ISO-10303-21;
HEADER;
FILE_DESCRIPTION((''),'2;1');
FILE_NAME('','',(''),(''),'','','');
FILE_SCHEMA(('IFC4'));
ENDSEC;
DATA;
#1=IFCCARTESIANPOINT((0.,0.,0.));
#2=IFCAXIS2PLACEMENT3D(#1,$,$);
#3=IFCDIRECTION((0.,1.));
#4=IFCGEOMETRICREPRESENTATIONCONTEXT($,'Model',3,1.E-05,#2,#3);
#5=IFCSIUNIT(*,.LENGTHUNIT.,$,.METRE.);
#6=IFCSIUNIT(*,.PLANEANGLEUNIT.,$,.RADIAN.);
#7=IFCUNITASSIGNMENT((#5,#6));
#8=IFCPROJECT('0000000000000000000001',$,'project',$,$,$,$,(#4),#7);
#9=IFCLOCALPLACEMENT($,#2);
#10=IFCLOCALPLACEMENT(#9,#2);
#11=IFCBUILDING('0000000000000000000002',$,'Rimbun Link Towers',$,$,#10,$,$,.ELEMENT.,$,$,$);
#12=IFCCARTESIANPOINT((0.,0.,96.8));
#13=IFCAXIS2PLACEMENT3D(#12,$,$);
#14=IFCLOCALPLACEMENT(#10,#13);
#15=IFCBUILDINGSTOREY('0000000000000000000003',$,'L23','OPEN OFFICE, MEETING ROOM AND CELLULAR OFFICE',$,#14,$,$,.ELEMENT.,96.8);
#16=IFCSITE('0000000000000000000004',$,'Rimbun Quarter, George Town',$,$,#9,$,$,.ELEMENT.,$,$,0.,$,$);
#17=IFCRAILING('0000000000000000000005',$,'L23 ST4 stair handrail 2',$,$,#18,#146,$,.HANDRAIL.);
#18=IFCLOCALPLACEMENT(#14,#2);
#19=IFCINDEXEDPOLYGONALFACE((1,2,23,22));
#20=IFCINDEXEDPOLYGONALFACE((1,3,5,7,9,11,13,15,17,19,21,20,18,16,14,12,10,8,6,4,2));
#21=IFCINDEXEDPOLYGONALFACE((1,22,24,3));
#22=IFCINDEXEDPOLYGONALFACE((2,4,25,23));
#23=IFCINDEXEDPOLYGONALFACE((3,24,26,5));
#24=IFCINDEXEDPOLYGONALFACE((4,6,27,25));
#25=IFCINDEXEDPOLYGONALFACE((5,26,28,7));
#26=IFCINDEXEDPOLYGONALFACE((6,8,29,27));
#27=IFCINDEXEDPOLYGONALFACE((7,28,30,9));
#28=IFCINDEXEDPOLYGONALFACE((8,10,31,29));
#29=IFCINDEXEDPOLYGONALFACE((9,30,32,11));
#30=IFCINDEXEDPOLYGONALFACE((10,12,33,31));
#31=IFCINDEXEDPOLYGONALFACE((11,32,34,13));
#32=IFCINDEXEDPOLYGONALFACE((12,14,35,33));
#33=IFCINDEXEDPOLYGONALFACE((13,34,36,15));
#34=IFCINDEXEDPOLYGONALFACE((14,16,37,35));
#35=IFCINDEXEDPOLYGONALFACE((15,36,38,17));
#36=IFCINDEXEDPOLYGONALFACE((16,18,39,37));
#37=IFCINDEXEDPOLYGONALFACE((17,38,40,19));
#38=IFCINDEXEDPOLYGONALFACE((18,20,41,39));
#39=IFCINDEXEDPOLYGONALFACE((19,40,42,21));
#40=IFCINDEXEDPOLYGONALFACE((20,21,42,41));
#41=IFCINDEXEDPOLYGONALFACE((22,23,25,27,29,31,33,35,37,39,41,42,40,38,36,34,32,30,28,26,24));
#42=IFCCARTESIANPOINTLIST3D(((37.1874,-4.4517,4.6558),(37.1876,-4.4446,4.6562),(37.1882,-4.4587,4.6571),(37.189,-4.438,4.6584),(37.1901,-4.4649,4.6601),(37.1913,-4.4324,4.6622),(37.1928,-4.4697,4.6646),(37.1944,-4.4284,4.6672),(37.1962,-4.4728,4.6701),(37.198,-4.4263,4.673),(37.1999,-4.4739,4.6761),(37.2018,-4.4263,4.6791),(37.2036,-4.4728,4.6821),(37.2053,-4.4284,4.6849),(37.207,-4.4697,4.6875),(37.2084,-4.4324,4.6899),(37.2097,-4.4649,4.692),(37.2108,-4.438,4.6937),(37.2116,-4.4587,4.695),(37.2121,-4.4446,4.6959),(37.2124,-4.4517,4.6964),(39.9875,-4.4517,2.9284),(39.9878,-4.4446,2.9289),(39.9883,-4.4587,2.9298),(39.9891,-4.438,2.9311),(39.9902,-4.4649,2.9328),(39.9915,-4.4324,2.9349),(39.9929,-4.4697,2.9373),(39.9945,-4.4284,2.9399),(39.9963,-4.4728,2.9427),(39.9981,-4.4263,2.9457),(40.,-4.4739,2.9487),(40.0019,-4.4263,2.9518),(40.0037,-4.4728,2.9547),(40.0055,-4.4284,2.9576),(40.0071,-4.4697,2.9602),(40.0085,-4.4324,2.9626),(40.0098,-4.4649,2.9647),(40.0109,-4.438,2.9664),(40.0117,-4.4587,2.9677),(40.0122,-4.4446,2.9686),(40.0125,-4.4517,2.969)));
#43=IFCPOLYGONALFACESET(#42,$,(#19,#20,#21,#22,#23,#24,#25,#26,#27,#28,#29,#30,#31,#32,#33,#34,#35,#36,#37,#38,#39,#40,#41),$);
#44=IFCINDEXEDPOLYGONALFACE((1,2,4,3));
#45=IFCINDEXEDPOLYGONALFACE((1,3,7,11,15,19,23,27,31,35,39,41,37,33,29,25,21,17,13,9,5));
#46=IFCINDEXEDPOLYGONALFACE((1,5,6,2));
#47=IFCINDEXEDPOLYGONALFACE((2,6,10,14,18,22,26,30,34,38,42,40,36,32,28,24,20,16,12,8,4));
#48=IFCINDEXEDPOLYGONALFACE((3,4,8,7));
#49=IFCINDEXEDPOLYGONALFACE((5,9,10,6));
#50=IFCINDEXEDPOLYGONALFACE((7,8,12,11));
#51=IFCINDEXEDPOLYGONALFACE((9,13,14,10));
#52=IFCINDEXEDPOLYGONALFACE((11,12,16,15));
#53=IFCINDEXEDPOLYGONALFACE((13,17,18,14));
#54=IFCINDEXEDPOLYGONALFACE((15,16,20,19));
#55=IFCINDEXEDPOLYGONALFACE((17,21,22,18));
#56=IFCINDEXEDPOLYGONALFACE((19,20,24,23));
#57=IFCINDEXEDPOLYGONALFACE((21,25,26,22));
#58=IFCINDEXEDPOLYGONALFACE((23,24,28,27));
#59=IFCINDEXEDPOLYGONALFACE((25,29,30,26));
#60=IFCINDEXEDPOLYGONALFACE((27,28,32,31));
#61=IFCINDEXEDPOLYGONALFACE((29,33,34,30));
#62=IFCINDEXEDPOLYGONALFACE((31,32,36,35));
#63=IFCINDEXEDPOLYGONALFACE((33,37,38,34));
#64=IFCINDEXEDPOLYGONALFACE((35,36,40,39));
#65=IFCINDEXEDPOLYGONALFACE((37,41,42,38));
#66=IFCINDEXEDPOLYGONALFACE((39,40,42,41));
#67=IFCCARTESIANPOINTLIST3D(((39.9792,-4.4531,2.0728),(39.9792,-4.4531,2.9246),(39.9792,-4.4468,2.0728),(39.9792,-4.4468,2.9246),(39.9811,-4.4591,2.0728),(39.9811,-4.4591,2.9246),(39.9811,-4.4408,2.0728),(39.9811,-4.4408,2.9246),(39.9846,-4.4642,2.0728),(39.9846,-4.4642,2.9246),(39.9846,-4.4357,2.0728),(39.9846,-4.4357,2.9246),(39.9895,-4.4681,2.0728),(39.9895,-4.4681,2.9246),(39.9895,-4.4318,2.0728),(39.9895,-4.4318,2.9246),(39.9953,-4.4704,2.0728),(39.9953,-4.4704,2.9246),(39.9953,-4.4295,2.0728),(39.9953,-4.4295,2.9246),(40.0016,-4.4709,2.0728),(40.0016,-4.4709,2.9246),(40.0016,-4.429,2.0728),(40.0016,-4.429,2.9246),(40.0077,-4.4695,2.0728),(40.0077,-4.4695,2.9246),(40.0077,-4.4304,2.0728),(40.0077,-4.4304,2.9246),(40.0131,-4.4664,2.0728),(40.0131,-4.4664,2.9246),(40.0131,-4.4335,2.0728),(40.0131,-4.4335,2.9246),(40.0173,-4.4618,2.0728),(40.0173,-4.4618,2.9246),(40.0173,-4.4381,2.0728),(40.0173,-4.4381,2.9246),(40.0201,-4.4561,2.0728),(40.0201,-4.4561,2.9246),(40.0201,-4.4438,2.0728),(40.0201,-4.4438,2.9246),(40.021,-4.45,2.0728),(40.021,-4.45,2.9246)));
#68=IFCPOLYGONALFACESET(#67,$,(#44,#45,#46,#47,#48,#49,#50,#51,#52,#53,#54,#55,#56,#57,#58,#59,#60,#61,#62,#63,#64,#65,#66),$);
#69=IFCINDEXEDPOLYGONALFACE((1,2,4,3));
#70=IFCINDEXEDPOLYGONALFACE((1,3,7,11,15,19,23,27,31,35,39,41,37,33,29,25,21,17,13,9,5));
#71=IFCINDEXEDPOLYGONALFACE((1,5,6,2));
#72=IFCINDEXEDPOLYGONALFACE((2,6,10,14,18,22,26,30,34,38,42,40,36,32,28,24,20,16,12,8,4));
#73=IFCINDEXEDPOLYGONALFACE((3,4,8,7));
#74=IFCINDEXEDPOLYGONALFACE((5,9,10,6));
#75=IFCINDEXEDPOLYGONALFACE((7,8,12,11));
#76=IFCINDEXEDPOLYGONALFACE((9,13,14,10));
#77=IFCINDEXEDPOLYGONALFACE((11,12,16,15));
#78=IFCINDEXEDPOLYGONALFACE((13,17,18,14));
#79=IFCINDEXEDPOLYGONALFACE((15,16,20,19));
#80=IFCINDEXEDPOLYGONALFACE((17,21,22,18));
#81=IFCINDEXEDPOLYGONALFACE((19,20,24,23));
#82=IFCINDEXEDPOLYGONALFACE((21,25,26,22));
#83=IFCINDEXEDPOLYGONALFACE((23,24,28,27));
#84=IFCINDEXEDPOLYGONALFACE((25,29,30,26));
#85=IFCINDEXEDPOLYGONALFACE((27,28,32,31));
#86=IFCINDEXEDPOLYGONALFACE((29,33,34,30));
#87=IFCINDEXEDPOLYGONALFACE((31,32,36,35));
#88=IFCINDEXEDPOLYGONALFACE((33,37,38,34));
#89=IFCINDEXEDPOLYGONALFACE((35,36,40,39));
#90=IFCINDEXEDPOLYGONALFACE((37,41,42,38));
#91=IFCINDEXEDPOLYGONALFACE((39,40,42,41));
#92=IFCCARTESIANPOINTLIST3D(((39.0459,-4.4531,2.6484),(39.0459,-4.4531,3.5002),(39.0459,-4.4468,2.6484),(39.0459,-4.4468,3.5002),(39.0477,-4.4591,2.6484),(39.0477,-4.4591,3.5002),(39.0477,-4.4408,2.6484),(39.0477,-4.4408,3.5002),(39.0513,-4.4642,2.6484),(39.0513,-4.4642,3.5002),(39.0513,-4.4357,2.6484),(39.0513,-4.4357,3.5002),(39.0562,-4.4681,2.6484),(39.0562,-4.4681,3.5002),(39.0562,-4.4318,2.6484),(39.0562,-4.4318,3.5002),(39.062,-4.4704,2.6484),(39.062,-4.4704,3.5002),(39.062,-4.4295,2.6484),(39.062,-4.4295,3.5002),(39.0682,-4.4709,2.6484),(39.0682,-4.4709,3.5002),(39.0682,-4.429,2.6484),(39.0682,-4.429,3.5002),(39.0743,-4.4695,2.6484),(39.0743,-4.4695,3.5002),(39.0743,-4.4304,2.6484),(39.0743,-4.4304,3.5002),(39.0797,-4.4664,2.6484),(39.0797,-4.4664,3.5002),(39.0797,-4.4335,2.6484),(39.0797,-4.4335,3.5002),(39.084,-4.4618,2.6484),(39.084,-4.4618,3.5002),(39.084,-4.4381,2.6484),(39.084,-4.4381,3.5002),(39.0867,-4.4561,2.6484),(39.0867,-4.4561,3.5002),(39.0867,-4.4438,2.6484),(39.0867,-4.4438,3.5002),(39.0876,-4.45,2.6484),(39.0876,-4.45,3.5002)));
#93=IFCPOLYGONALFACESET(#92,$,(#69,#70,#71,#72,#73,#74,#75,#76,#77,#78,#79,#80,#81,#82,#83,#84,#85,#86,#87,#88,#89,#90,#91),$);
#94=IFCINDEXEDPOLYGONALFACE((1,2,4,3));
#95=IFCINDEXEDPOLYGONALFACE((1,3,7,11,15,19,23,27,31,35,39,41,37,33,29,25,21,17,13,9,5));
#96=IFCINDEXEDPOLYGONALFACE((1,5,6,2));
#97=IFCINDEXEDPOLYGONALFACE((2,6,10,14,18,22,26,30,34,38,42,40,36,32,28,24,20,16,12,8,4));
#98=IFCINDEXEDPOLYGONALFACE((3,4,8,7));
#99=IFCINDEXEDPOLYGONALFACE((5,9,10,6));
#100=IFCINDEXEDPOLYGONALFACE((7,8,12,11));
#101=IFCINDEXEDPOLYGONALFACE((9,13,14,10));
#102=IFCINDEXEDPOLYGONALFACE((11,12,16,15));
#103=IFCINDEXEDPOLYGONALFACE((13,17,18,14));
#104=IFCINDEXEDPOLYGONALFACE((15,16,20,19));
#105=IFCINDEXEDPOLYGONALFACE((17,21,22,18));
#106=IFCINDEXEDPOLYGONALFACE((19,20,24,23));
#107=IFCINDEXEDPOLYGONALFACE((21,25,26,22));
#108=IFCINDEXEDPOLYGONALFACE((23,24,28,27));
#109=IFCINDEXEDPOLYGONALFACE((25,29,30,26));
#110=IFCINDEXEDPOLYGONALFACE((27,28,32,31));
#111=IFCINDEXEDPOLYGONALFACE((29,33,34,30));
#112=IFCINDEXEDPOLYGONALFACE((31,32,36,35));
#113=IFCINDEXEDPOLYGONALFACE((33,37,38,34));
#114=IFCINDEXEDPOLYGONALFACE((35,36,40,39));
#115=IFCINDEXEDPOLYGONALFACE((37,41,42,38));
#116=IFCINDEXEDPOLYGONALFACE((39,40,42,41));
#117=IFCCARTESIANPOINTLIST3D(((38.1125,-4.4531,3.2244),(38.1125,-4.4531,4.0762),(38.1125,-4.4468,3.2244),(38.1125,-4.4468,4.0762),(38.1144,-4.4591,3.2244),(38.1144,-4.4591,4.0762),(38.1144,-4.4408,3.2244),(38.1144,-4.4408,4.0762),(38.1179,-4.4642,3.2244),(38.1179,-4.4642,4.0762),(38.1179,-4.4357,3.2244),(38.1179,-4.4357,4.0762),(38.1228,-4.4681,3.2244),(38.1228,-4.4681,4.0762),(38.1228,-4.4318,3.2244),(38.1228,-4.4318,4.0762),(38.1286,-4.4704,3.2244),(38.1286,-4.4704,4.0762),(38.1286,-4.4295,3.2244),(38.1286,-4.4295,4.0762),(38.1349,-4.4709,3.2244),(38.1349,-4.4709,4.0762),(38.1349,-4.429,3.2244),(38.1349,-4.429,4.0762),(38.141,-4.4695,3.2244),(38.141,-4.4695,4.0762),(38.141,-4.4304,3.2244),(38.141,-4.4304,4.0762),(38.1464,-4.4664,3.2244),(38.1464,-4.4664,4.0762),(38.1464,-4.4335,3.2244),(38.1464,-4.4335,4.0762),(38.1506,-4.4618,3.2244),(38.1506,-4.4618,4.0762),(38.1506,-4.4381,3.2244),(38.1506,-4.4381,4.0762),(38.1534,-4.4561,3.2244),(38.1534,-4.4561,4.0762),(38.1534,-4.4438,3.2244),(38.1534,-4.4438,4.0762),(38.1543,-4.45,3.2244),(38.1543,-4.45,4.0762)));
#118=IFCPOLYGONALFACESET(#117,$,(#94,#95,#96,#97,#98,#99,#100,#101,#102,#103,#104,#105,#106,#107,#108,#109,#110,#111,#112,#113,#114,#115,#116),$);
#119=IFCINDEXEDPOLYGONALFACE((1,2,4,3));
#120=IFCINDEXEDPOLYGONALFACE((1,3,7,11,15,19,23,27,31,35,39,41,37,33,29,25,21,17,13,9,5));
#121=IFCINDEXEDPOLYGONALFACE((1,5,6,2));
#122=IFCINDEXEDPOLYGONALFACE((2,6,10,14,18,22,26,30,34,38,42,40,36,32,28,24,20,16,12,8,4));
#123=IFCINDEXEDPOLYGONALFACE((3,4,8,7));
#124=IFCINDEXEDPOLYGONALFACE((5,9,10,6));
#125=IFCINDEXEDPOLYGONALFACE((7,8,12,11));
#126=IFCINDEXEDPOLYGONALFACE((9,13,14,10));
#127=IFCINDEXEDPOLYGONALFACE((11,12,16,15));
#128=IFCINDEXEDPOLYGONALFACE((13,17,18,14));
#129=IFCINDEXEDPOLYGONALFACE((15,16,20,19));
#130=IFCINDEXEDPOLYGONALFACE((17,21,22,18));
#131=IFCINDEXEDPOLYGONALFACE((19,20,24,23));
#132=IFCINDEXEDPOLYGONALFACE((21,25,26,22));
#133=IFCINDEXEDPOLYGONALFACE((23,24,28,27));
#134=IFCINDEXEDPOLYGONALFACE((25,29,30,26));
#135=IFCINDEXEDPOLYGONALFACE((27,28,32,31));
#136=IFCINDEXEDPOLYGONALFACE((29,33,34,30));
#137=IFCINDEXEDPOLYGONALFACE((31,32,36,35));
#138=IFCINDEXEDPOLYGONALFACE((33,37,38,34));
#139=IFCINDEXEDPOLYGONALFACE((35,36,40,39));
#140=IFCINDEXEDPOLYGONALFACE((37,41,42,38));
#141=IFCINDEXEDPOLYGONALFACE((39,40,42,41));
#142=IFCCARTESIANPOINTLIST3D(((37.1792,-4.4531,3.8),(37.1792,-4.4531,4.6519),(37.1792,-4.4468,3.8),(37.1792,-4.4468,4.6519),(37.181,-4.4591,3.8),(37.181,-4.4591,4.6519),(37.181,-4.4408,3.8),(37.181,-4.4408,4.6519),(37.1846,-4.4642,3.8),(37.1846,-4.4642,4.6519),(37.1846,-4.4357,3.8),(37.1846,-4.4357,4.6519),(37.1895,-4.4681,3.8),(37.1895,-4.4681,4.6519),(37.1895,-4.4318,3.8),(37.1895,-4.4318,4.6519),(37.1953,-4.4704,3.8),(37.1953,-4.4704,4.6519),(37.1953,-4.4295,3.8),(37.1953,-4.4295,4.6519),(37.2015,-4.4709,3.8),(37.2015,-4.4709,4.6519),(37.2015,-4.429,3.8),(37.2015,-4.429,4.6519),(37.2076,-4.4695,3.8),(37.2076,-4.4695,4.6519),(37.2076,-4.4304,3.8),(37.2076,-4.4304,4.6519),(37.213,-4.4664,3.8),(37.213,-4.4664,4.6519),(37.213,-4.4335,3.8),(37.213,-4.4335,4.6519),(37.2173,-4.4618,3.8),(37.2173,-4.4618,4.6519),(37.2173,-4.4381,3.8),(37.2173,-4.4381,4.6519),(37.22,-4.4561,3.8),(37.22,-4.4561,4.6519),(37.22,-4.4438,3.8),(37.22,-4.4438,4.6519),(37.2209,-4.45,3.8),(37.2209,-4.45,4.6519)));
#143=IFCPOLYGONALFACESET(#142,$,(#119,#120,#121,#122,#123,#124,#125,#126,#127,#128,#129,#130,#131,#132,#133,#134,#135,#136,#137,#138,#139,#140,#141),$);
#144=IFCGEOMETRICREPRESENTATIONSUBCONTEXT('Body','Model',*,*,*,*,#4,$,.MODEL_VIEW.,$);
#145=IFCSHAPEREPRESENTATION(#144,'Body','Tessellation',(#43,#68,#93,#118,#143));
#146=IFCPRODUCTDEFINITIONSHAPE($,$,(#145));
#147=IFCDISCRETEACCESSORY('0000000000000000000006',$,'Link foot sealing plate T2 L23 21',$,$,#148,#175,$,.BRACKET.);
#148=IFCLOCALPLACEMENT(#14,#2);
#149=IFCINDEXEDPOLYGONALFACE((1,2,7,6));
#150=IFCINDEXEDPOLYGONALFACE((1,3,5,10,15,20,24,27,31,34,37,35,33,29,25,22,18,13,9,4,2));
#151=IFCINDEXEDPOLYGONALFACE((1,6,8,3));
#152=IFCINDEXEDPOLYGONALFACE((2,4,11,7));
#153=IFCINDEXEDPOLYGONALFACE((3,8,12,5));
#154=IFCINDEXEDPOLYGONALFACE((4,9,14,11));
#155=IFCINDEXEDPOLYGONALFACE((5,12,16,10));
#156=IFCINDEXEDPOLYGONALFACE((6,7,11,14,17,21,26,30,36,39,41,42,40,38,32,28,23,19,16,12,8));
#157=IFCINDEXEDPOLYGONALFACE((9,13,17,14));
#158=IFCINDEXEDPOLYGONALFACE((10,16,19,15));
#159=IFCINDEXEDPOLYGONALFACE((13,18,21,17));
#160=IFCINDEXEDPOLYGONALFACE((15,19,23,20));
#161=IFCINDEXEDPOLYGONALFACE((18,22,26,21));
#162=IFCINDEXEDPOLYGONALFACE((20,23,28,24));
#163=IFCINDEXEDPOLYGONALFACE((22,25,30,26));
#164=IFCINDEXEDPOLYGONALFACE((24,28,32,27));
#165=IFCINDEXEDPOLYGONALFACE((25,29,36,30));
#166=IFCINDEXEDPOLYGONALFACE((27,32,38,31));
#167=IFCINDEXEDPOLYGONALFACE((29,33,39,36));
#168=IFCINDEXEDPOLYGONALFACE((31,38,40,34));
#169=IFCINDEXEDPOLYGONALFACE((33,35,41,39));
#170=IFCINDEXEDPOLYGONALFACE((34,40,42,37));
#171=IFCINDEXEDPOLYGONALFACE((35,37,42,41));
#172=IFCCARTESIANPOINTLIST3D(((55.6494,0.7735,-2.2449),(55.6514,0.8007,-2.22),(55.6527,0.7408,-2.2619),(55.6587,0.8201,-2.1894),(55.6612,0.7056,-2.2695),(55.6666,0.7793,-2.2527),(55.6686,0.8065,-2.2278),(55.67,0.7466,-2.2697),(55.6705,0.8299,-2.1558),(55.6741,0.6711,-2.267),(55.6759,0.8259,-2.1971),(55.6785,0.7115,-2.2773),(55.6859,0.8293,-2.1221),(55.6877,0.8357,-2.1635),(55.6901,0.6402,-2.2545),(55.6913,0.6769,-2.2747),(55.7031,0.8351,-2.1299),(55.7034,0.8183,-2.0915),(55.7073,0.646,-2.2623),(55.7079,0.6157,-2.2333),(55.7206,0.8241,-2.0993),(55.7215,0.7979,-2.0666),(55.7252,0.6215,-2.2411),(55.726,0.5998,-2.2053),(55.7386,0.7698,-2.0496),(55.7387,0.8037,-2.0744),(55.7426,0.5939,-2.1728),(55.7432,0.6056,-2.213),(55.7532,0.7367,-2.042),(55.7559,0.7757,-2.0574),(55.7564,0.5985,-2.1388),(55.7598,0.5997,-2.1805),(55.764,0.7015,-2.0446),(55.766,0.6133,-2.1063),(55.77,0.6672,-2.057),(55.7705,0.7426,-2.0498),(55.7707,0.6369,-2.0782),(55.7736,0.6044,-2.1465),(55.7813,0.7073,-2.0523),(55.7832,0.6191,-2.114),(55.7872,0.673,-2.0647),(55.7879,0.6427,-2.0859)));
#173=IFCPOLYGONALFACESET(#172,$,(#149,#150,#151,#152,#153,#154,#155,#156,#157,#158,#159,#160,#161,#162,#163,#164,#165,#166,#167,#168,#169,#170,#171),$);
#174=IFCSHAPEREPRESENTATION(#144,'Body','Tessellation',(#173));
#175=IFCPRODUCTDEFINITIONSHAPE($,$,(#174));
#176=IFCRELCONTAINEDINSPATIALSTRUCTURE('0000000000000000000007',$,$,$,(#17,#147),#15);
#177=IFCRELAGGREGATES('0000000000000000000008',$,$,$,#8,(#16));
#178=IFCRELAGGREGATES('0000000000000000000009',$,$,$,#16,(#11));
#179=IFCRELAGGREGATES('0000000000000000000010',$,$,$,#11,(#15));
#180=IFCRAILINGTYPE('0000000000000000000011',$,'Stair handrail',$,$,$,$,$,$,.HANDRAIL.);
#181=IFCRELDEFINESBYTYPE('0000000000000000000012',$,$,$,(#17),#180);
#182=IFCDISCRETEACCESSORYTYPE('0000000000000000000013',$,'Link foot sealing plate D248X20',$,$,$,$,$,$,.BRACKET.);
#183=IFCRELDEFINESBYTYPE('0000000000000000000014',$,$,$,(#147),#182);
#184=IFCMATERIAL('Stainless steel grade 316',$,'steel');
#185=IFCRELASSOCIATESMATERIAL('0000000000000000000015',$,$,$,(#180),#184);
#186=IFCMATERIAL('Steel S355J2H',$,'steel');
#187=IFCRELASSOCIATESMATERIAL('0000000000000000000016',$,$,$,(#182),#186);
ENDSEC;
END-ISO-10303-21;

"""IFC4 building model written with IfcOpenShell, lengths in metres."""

from ifc_helpers import new_model, si_unit, direction, frame, origin, origin_2d, place, context, subcontext, project, spatial, circle, extrude, material, material_profile, profile_set, type_object, element, save


model = new_model("IFC4")

# Units and contexts
model_context = context("Model", 3, precision=1e-05, world=origin(), true_north=direction((0.0, 1.0)))
body_context = subcontext(model_context, "Body", "Model", "MODEL_VIEW")
ifc_project = project(units=[si_unit("LENGTHUNIT", "METRE"), si_unit("PLANEANGLEUNIT", "RADIAN")], contexts=[model_context])

# Site, building, storey
site_placement = place(None, origin())
site = spatial("IfcSite", under=ifc_project, at=site_placement, Name="Rimbun Quarter, George Town", CompositionType="ELEMENT", RefElevation=0.0)
building_placement = place(site_placement, origin())
building = spatial("IfcBuilding", under=site, at=building_placement, Name="Rimbun Link Towers", CompositionType="ELEMENT")
storey_placement = place(building_placement, frame((0.0, 0.0, 96.8)))
storey = spatial("IfcBuildingStorey", under=building, at=storey_placement, Name="L23", Description="OPEN OFFICE, MEETING ROOM AND CELLULAR OFFICE", CompositionType="ELEMENT", Elevation=96.8)

# Railing
ifc_material_1 = material(Name="Stainless steel grade 316", Category="steel")
railing_type_1 = type_object("IfcRailingType", Name="Stair handrail", PredefinedType="HANDRAIL", material=ifc_material_1)
railing_1_placement = place(storey_placement, frame((40.0, -4.45, 2.0728)))
element("IfcRailing", 1, at=railing_1_placement, inside=storey, type_object=railing_type_1, Name="L23 ST4 stair handrail 2", PredefinedType="HANDRAIL", context=body_context, shape_type="SweptSolid", body=[
    extrude(circle(Radius=0.0239, at=origin_2d()), frame((0.0, 0.0, 0.876), z_axis=(-0.85109, 0.0, 0.52502), x_axis=(0.0, -1.0, 0.0)), (0.0, 0.0, 1.0), 3.29),
    extrude(circle(Radius=0.021, at=origin_2d()), origin(), (0.0, 0.0, 1.0), 0.8518),
    extrude(circle(Radius=0.021, at=origin_2d()), frame((-0.9333, 0.0, 0.5757)), (0.0, 0.0, 1.0), 0.8518),
    extrude(circle(Radius=0.021, at=origin_2d()), frame((-1.8667, 0.0, 1.1516)), (0.0, 0.0, 1.0), 0.8518),
    extrude(circle(Radius=0.021, at=origin_2d()), frame((-2.8, 0.0, 1.7273)), (0.0, 0.0, 1.0), 0.8518),
])

# Discrete accessory
ifc_material_2 = material(Name="Steel S355J2H", Category="steel")
ifc_material_profile_1 = material_profile(ifc_material_2, circle(Radius=0.124, at=origin_2d()), Name="PL D248")
ifc_profile_set_1 = profile_set([ifc_material_profile_1], Name="Steel S355J2H")
discrete_accessory_type = type_object("IfcDiscreteAccessoryType", Name="Link foot sealing plate D248X20", PredefinedType="BRACKET", material=ifc_profile_set_1)
discrete_accessory_placement = place(storey_placement, frame((55.7102, 0.7124, -2.1558), z_axis=(0.871248, 0.294506, -0.392675), x_axis=(-0.320228, 0.947341, 0.0)))
element("IfcDiscreteAccessory", 2, at=discrete_accessory_placement, inside=storey, type_object=discrete_accessory_type, Name="Link foot sealing plate T2 L23 21", PredefinedType="BRACKET", context=body_context, shape_type="SweptSolid", body=[
    extrude(circle(Radius=0.124, at=origin_2d()), origin(), (0.0, 0.0, 1.0), 0.0198),
])

save(model, "model.ifc")
